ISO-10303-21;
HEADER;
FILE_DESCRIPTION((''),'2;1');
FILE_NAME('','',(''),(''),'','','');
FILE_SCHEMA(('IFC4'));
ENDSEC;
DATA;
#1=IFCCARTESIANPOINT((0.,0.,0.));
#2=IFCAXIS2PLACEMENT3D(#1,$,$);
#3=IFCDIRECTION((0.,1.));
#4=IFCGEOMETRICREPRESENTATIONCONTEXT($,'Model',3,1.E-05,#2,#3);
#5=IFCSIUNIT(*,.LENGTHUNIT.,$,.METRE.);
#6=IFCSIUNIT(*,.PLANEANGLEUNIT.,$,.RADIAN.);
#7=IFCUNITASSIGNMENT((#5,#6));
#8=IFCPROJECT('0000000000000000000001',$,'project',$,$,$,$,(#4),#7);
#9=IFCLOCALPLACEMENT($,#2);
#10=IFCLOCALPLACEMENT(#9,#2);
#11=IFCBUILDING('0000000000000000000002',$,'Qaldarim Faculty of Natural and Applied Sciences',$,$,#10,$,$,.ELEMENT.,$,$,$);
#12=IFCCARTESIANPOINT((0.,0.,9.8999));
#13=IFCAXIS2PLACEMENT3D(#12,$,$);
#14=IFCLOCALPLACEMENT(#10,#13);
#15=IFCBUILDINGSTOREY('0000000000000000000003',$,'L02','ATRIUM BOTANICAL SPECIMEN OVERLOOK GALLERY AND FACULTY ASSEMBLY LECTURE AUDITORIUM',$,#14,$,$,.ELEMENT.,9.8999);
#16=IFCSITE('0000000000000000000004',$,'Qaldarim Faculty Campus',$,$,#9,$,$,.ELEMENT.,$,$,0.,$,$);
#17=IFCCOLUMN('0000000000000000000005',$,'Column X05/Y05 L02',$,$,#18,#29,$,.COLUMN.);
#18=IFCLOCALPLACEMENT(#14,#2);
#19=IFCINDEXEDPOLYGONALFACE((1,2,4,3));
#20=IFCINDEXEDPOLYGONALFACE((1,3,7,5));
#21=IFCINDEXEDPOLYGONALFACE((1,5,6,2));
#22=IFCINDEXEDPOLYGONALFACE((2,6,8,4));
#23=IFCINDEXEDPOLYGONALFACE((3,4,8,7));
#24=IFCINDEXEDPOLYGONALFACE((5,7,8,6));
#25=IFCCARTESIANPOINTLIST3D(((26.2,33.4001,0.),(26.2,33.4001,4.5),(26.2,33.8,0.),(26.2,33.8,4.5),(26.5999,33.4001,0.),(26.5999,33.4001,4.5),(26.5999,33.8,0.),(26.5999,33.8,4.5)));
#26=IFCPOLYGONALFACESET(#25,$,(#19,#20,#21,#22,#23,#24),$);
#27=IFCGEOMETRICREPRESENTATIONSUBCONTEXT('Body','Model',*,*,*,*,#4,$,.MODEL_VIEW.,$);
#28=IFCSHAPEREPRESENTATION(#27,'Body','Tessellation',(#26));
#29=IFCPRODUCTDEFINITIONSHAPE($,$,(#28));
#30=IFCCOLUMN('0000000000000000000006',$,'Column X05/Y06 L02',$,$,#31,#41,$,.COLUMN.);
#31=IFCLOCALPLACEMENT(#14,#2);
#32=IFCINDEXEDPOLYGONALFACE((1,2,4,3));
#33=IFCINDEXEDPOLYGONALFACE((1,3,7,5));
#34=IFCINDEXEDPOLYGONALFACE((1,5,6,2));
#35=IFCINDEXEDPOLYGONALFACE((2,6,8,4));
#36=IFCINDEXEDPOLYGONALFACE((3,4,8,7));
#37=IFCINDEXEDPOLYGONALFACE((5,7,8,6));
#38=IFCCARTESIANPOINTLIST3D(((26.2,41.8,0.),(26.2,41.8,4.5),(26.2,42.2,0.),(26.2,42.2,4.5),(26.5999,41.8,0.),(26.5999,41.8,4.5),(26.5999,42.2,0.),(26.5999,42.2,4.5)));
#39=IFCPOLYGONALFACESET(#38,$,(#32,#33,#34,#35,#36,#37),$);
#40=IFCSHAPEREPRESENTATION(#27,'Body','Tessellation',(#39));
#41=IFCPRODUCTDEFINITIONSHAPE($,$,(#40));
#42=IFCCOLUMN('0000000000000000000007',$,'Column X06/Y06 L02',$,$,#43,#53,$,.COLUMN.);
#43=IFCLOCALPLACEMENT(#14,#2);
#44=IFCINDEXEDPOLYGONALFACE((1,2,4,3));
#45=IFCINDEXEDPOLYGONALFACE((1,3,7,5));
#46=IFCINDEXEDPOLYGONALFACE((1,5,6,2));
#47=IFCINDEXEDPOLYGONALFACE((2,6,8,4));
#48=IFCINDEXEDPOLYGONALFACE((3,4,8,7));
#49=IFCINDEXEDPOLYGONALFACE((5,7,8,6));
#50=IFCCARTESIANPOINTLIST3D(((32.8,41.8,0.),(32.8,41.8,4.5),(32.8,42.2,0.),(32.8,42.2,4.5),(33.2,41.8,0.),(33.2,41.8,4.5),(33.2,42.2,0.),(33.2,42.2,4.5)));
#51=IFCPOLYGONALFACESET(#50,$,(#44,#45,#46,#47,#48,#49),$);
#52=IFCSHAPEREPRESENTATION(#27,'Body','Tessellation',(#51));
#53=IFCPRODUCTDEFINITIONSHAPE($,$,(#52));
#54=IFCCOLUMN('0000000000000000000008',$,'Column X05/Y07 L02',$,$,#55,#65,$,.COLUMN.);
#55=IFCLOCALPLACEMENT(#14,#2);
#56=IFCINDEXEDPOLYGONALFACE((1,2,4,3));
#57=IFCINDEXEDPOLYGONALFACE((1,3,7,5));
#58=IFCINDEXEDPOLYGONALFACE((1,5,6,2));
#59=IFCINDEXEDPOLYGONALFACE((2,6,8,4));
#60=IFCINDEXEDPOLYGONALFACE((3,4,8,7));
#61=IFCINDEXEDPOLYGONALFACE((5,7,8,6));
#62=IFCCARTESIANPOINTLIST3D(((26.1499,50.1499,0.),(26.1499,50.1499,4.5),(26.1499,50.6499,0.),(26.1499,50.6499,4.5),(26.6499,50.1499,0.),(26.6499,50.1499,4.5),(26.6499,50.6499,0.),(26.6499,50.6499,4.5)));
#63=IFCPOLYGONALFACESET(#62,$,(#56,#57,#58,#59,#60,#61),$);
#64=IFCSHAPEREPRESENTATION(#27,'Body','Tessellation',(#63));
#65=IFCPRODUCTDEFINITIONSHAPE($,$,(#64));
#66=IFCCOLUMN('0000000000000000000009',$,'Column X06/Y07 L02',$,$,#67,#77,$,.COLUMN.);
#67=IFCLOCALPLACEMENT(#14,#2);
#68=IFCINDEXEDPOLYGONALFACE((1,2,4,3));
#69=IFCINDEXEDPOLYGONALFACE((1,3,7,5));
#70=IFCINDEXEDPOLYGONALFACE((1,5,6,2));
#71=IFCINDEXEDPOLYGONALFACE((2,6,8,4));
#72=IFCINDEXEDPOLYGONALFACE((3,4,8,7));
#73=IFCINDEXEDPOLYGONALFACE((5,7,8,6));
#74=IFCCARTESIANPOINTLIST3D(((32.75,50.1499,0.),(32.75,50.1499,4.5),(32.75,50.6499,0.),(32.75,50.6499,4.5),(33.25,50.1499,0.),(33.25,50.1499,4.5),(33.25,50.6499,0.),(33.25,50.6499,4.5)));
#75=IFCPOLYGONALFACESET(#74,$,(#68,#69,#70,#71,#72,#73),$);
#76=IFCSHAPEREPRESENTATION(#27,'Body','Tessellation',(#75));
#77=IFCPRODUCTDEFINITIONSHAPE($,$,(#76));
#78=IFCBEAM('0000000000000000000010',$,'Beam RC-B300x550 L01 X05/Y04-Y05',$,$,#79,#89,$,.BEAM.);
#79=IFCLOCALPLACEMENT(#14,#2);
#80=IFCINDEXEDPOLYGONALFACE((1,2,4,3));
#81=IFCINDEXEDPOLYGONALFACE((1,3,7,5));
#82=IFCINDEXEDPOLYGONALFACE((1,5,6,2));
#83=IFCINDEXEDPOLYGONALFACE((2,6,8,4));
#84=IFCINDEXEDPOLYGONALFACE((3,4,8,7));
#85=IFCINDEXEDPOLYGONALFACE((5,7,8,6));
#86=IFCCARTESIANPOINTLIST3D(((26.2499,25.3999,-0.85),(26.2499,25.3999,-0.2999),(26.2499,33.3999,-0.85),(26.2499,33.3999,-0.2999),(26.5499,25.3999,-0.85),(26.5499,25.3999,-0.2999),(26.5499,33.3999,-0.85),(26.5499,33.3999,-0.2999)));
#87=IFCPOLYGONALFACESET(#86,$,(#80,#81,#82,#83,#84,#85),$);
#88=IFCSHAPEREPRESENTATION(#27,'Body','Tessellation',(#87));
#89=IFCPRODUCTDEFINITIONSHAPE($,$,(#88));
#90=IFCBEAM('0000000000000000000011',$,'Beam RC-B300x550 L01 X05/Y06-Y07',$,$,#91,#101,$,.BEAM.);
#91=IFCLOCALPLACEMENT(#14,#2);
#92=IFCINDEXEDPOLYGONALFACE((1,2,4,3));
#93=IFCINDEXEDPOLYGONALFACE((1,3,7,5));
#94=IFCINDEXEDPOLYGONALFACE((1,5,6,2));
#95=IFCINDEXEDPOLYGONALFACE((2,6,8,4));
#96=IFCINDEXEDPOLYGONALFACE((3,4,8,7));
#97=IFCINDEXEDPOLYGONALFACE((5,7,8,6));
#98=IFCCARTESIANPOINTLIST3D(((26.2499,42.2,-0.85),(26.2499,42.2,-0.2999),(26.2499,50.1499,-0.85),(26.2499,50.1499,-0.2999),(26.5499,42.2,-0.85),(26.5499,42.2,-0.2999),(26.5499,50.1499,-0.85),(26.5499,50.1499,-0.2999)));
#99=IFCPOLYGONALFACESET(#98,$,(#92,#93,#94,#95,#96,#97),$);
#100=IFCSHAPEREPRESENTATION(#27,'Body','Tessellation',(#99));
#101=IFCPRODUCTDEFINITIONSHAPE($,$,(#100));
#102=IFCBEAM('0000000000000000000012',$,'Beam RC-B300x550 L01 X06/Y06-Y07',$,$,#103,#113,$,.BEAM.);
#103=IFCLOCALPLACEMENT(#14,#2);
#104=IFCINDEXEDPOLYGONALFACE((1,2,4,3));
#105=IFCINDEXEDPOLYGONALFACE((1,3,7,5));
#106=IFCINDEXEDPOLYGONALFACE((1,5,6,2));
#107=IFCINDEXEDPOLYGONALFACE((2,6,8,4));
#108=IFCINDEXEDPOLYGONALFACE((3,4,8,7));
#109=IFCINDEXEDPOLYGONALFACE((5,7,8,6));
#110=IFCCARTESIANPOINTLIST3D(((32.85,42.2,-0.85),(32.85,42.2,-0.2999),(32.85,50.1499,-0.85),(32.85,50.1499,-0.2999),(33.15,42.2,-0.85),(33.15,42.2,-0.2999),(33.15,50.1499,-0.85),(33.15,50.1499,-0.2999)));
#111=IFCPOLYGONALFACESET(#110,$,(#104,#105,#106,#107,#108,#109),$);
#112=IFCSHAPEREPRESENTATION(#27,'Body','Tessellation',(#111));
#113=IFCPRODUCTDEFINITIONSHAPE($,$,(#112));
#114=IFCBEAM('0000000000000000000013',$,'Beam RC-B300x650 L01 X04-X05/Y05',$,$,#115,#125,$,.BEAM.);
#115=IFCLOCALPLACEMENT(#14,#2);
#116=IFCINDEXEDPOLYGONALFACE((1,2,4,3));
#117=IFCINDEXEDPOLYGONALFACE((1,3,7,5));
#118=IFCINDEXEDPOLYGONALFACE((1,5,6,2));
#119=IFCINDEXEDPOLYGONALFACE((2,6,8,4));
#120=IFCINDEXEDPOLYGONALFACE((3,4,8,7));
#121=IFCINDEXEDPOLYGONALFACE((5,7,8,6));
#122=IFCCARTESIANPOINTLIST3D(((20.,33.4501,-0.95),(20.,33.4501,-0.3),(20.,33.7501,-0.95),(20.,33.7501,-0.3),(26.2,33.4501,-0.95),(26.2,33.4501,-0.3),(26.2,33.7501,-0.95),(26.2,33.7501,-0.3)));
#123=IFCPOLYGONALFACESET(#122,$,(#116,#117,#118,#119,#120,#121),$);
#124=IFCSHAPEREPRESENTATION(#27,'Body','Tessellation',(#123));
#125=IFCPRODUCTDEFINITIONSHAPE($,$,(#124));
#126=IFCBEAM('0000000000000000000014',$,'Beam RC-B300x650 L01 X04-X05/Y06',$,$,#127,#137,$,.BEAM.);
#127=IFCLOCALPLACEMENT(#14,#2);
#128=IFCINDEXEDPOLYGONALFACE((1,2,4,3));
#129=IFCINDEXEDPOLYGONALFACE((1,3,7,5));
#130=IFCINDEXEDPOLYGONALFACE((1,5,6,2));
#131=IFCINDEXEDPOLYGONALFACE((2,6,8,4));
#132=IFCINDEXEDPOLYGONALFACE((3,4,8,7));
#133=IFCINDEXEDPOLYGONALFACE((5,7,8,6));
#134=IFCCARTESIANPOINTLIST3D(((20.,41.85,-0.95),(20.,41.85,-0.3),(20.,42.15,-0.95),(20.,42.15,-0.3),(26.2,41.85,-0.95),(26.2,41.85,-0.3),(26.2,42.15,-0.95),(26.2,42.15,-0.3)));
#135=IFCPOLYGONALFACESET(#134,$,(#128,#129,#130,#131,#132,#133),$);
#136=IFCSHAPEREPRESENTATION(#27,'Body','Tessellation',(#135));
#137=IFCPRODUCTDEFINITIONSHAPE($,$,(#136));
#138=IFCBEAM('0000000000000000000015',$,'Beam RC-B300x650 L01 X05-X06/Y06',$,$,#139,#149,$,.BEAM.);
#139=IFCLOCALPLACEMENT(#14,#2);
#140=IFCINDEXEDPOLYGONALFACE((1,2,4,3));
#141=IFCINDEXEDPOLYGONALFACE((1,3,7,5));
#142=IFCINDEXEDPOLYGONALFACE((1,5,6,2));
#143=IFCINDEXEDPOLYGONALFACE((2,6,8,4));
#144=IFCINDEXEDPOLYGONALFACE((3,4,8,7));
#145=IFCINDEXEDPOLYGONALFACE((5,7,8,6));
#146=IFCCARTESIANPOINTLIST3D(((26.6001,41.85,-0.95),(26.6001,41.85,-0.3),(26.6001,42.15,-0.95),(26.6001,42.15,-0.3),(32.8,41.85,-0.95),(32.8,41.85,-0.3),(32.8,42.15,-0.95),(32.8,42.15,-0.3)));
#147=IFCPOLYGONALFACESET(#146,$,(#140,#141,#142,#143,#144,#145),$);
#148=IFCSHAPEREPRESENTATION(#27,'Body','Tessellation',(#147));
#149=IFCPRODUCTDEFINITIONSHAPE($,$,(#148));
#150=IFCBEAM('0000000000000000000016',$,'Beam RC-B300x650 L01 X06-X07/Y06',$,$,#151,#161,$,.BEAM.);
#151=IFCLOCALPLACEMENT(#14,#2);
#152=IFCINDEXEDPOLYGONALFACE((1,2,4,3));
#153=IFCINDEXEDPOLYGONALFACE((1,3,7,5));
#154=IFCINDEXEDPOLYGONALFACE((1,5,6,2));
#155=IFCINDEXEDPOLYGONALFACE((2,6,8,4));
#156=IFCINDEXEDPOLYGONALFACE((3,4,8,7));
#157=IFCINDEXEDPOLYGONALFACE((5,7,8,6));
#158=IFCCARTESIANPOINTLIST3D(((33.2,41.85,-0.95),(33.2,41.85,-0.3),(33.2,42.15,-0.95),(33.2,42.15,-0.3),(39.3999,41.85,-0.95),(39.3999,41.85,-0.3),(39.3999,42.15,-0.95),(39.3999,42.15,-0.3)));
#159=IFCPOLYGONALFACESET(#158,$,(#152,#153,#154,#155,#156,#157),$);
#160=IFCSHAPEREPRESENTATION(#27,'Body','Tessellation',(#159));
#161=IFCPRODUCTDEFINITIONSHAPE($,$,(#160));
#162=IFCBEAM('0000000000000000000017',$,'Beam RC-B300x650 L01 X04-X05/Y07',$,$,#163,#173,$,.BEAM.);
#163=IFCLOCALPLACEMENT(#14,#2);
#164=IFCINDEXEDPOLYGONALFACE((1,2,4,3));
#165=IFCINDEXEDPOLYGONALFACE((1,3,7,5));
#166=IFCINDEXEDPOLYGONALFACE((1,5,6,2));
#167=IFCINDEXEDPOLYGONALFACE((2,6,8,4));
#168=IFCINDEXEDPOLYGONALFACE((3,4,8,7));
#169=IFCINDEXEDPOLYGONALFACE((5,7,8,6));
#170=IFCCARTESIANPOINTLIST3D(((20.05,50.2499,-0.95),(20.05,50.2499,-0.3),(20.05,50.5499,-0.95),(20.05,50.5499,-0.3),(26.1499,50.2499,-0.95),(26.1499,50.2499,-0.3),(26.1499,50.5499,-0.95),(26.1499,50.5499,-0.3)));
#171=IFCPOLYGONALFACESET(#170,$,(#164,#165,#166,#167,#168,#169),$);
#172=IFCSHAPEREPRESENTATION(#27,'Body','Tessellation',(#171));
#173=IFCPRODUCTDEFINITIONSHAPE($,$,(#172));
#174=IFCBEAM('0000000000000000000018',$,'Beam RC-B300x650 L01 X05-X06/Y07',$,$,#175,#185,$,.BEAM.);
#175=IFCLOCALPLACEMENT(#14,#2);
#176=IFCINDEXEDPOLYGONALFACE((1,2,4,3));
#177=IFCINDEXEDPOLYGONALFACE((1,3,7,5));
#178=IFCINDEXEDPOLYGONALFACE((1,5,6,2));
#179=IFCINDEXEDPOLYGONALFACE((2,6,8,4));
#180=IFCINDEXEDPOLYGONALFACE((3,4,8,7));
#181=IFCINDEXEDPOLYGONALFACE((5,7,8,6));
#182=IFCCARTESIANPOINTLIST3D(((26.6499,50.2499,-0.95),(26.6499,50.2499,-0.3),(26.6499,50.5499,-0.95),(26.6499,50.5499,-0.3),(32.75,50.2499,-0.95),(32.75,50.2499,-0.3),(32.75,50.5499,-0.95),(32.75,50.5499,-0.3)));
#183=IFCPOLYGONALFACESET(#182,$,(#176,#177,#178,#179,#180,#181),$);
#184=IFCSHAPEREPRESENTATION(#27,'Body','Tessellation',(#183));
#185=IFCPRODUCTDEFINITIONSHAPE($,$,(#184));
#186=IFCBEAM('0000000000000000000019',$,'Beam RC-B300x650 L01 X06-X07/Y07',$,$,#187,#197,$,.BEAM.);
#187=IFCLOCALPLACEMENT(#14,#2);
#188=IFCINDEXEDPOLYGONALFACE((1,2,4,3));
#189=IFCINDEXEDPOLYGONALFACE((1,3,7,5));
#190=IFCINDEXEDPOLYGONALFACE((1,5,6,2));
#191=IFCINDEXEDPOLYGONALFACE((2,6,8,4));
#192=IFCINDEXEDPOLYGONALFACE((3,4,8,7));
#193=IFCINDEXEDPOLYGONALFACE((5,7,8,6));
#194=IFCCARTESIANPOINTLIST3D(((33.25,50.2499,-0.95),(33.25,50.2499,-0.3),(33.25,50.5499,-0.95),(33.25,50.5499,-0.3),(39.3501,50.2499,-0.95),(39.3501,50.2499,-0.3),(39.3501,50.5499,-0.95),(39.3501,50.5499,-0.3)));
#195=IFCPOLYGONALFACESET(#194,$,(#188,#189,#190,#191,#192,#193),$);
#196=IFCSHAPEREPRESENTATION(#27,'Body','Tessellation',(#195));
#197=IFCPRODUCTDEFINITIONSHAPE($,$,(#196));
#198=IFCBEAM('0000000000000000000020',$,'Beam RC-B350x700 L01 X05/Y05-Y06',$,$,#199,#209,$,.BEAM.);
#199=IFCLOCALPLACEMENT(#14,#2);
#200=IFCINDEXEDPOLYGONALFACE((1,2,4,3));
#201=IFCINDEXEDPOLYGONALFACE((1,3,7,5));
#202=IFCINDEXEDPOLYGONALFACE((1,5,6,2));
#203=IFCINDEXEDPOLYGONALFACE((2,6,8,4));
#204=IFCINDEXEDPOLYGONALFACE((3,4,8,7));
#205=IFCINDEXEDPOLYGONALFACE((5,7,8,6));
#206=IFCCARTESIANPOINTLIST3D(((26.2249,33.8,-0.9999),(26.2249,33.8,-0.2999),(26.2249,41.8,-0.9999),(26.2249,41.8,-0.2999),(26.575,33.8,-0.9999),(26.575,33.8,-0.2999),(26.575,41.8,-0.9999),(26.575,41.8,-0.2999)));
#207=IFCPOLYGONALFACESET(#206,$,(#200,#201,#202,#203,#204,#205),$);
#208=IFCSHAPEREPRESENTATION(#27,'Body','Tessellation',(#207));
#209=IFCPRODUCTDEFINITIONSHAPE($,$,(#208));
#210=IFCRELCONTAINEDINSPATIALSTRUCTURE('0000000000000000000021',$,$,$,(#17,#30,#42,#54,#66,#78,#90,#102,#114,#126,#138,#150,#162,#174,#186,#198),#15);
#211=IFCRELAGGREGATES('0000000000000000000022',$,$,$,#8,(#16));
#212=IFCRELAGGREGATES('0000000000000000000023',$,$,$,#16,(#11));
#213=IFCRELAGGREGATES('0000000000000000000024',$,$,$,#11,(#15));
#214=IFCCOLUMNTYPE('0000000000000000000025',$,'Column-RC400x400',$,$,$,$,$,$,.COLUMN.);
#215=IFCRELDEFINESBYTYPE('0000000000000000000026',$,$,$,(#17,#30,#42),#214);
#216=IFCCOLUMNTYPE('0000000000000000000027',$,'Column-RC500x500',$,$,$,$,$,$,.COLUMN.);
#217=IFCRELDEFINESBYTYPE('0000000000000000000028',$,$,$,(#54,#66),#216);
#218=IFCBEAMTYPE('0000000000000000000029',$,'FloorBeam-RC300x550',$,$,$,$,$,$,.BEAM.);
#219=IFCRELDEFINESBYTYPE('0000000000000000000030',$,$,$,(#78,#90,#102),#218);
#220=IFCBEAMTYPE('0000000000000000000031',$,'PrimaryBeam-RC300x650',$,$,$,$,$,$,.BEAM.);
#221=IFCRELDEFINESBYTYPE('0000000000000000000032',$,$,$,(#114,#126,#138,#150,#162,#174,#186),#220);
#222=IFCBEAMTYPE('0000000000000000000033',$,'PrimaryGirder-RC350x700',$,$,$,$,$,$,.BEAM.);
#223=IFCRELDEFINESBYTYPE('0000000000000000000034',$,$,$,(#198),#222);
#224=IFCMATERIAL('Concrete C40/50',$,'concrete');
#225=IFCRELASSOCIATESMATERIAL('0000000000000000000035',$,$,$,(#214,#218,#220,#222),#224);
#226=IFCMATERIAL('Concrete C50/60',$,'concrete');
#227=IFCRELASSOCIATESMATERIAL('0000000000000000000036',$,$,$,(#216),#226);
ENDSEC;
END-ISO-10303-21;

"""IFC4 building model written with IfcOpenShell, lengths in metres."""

from ifc_helpers import new_model, si_unit, direction, frame, origin, origin_2d, place, context, subcontext, project, spatial, rectangle, extrude, material, material_profile, profile_set, type_object, element, save


model = new_model("IFC4")

# Units and contexts
model_context = context("Model", 3, precision=1e-05, world=origin(), true_north=direction((0.0, 1.0)))
body_context = subcontext(model_context, "Body", "Model", "MODEL_VIEW")
ifc_project = project(units=[si_unit("LENGTHUNIT", "METRE"), si_unit("PLANEANGLEUNIT", "RADIAN")], contexts=[model_context])

# Site, building, storey
site_placement = place(None, origin())
site = spatial("IfcSite", under=ifc_project, at=site_placement, Name="Qaldarim Faculty Campus", CompositionType="ELEMENT", RefElevation=0.0)
building_placement = place(site_placement, origin())
building = spatial("IfcBuilding", under=site, at=building_placement, Name="Qaldarim Faculty of Natural and Applied Sciences", CompositionType="ELEMENT")
storey_placement = place(building_placement, frame((0.0, 0.0, 9.8999)))
storey = spatial("IfcBuildingStorey", under=building, at=storey_placement, Name="L02", Description="ATRIUM BOTANICAL SPECIMEN OVERLOOK GALLERY AND FACULTY ASSEMBLY LECTURE AUDITORIUM", CompositionType="ELEMENT", Elevation=9.8999)

# Columns
ifc_material_1 = material(Name="Concrete C40/50", Category="concrete")
ifc_material_profile_1 = material_profile(ifc_material_1, rectangle(XDim=0.3999, YDim=0.3999, at=origin_2d()), Name="RC-C400x400")
ifc_profile_set_1 = profile_set([ifc_material_profile_1], Name="Concrete C40/50")
column_type_1 = type_object("IfcColumnType", Name="Column-RC400x400", PredefinedType="COLUMN", material=ifc_profile_set_1)
for number, where, z_axis, x_axis, name in (
    (1, (26.3999, 33.6001, 0.0), (0.0, 0.0, 1.0), (1.0, 0.0, 0.0), "Column X05/Y05 L02"),
    (2, (26.3999, 42.0, 0.0), (0.0, 0.0, 1.0), (1.0, 0.0, 0.0), "Column X05/Y06 L02"),
    (3, (33.0, 42.0, 0.0), (0.0, 0.0, 1.0), (1.0, 0.0, 0.0), "Column X06/Y06 L02"),
):
    element("IfcColumn", number, at=place(storey_placement, frame(where, z_axis=z_axis, x_axis=x_axis)), inside=storey, type_object=column_type_1, Name=name, PredefinedType="COLUMN", context=body_context, shape_type="SweptSolid", body=[
        extrude(rectangle(XDim=0.3999, YDim=0.3999, at=origin_2d()), origin(), (0.0, 0.0, 1.0), 4.5),
    ])
ifc_material_2 = material(Name="Concrete C50/60", Category="concrete")
ifc_material_profile_2 = material_profile(ifc_material_2, rectangle(XDim=0.5, YDim=0.5, at=origin_2d()), Name="RC-C500x500")
ifc_profile_set_2 = profile_set([ifc_material_profile_2], Name="Concrete C50/60")
column_type_2 = type_object("IfcColumnType", Name="Column-RC500x500", PredefinedType="COLUMN", material=ifc_profile_set_2)
for number, where, z_axis, x_axis, name in (
    (4, (26.3999, 50.3999, 0.0), (0.0, 0.0, 1.0), (1.0, 0.0, 0.0), "Column X05/Y07 L02"),
    (5, (33.0, 50.3999, 0.0), (0.0, 0.0, 1.0), (1.0, 0.0, 0.0), "Column X06/Y07 L02"),
):
    element("IfcColumn", number, at=place(storey_placement, frame(where, z_axis=z_axis, x_axis=x_axis)), inside=storey, type_object=column_type_2, Name=name, PredefinedType="COLUMN", context=body_context, shape_type="SweptSolid", body=[
        extrude(rectangle(XDim=0.5, YDim=0.5, at=origin_2d()), origin(), (0.0, 0.0, 1.0), 4.5),
    ])

# Beams
ifc_material_profile_3 = material_profile(ifc_material_1, rectangle(XDim=0.3, YDim=0.55, at=origin_2d()), Name="RC-B300x550")
ifc_profile_set_3 = profile_set([ifc_material_profile_3], Name="Concrete C40/50")
beam_type_1 = type_object("IfcBeamType", Name="FloorBeam-RC300x550", PredefinedType="BEAM", material=ifc_profile_set_3)
beam_1_placement = place(storey_placement, frame((26.3999, 25.3999, -0.575), z_axis=(0.0, 1.0, 0.0), x_axis=(-1.0, 0.0, 0.0)))
element("IfcBeam", 6, at=beam_1_placement, inside=storey, type_object=beam_type_1, Name="Beam RC-B300x550 L01 X05/Y04-Y05", PredefinedType="BEAM", context=body_context, shape_type="SweptSolid", body=[
    extrude(rectangle(XDim=0.3, YDim=0.55, at=origin_2d()), origin(), (0.0, 0.0, 1.0), 8.0),
])
for number, where, z_axis, x_axis, name in (
    (7, (26.3999, 42.2, -0.575), (0.0, 1.0, 0.0), (-1.0, 0.0, 0.0), "Beam RC-B300x550 L01 X05/Y06-Y07"),
    (8, (33.0, 42.2, -0.575), (0.0, 1.0, 0.0), (-1.0, 0.0, 0.0), "Beam RC-B300x550 L01 X06/Y06-Y07"),
):
    element("IfcBeam", number, at=place(storey_placement, frame(where, z_axis=z_axis, x_axis=x_axis)), inside=storey, type_object=beam_type_1, Name=name, PredefinedType="BEAM", context=body_context, shape_type="SweptSolid", body=[
        extrude(rectangle(XDim=0.3, YDim=0.55, at=origin_2d()), origin(), (0.0, 0.0, 1.0), 7.95),
    ])
ifc_material_profile_4 = material_profile(ifc_material_1, rectangle(XDim=0.3, YDim=0.6499, at=origin_2d()), Name="RC-B300x650")
ifc_profile_set_4 = profile_set([ifc_material_profile_4], Name="Concrete C40/50")
beam_type_2 = type_object("IfcBeamType", Name="PrimaryBeam-RC300x650", PredefinedType="BEAM", material=ifc_profile_set_4)
for number, where, z_axis, x_axis, name in (
    (9, (20.0, 33.6001, -0.625), (1.0, 0.0, 0.0), (0.0, 1.0, 0.0), "Beam RC-B300x650 L01 X04-X05/Y05"),
    (10, (20.0, 42.0, -0.625), (1.0, 0.0, 0.0), (0.0, 1.0, 0.0), "Beam RC-B300x650 L01 X04-X05/Y06"),
    (11, (26.6001, 42.0, -0.625), (1.0, 0.0, 0.0), (0.0, 1.0, 0.0), "Beam RC-B300x650 L01 X05-X06/Y06"),
    (12, (33.2, 42.0, -0.625), (1.0, 0.0, 0.0), (0.0, 1.0, 0.0), "Beam RC-B300x650 L01 X06-X07/Y06"),
):
    element("IfcBeam", number, at=place(storey_placement, frame(where, z_axis=z_axis, x_axis=x_axis)), inside=storey, type_object=beam_type_2, Name=name, PredefinedType="BEAM", context=body_context, shape_type="SweptSolid", body=[
        extrude(rectangle(XDim=0.3, YDim=0.6499, at=origin_2d()), origin(), (0.0, 0.0, 1.0), 6.2),
    ])
beam_2_placement = place(storey_placement, frame((20.05, 50.3999, -0.625), z_axis=(1.0, 0.0, 0.0), x_axis=(0.0, 1.0, 0.0)))
element("IfcBeam", 13, at=beam_2_placement, inside=storey, type_object=beam_type_2, Name="Beam RC-B300x650 L01 X04-X05/Y07", PredefinedType="BEAM", context=body_context, shape_type="SweptSolid", body=[
    extrude(rectangle(XDim=0.3, YDim=0.6499, at=origin_2d()), origin(), (0.0, 0.0, 1.0), 6.0999),
])
for number, where, z_axis, x_axis, name in (
    (14, (26.6499, 50.3999, -0.625), (1.0, 0.0, 0.0), (0.0, 1.0, 0.0), "Beam RC-B300x650 L01 X05-X06/Y07"),
    (15, (33.25, 50.3999, -0.625), (1.0, 0.0, 0.0), (0.0, 1.0, 0.0), "Beam RC-B300x650 L01 X06-X07/Y07"),
):
    element("IfcBeam", number, at=place(storey_placement, frame(where, z_axis=z_axis, x_axis=x_axis)), inside=storey, type_object=beam_type_2, Name=name, PredefinedType="BEAM", context=body_context, shape_type="SweptSolid", body=[
        extrude(rectangle(XDim=0.3, YDim=0.6499, at=origin_2d()), origin(), (0.0, 0.0, 1.0), 6.1001),
    ])
ifc_material_profile_5 = material_profile(ifc_material_1, rectangle(XDim=0.3501, YDim=0.7, at=origin_2d()), Name="RC-B350x700")
ifc_profile_set_5 = profile_set([ifc_material_profile_5], Name="Concrete C40/50")
beam_type_3 = type_object("IfcBeamType", Name="PrimaryGirder-RC350x700", PredefinedType="BEAM", material=ifc_profile_set_5)
beam_3_placement = place(storey_placement, frame((26.3999, 33.8, -0.6499), z_axis=(0.0, 1.0, 0.0), x_axis=(-1.0, 0.0, 0.0)))
element("IfcBeam", 16, at=beam_3_placement, inside=storey, type_object=beam_type_3, Name="Beam RC-B350x700 L01 X05/Y05-Y06", PredefinedType="BEAM", context=body_context, shape_type="SweptSolid", body=[
    extrude(rectangle(XDim=0.3501, YDim=0.7, at=origin_2d()), origin(), (0.0, 0.0, 1.0), 8.0),
])

save(model, "model.ifc")
